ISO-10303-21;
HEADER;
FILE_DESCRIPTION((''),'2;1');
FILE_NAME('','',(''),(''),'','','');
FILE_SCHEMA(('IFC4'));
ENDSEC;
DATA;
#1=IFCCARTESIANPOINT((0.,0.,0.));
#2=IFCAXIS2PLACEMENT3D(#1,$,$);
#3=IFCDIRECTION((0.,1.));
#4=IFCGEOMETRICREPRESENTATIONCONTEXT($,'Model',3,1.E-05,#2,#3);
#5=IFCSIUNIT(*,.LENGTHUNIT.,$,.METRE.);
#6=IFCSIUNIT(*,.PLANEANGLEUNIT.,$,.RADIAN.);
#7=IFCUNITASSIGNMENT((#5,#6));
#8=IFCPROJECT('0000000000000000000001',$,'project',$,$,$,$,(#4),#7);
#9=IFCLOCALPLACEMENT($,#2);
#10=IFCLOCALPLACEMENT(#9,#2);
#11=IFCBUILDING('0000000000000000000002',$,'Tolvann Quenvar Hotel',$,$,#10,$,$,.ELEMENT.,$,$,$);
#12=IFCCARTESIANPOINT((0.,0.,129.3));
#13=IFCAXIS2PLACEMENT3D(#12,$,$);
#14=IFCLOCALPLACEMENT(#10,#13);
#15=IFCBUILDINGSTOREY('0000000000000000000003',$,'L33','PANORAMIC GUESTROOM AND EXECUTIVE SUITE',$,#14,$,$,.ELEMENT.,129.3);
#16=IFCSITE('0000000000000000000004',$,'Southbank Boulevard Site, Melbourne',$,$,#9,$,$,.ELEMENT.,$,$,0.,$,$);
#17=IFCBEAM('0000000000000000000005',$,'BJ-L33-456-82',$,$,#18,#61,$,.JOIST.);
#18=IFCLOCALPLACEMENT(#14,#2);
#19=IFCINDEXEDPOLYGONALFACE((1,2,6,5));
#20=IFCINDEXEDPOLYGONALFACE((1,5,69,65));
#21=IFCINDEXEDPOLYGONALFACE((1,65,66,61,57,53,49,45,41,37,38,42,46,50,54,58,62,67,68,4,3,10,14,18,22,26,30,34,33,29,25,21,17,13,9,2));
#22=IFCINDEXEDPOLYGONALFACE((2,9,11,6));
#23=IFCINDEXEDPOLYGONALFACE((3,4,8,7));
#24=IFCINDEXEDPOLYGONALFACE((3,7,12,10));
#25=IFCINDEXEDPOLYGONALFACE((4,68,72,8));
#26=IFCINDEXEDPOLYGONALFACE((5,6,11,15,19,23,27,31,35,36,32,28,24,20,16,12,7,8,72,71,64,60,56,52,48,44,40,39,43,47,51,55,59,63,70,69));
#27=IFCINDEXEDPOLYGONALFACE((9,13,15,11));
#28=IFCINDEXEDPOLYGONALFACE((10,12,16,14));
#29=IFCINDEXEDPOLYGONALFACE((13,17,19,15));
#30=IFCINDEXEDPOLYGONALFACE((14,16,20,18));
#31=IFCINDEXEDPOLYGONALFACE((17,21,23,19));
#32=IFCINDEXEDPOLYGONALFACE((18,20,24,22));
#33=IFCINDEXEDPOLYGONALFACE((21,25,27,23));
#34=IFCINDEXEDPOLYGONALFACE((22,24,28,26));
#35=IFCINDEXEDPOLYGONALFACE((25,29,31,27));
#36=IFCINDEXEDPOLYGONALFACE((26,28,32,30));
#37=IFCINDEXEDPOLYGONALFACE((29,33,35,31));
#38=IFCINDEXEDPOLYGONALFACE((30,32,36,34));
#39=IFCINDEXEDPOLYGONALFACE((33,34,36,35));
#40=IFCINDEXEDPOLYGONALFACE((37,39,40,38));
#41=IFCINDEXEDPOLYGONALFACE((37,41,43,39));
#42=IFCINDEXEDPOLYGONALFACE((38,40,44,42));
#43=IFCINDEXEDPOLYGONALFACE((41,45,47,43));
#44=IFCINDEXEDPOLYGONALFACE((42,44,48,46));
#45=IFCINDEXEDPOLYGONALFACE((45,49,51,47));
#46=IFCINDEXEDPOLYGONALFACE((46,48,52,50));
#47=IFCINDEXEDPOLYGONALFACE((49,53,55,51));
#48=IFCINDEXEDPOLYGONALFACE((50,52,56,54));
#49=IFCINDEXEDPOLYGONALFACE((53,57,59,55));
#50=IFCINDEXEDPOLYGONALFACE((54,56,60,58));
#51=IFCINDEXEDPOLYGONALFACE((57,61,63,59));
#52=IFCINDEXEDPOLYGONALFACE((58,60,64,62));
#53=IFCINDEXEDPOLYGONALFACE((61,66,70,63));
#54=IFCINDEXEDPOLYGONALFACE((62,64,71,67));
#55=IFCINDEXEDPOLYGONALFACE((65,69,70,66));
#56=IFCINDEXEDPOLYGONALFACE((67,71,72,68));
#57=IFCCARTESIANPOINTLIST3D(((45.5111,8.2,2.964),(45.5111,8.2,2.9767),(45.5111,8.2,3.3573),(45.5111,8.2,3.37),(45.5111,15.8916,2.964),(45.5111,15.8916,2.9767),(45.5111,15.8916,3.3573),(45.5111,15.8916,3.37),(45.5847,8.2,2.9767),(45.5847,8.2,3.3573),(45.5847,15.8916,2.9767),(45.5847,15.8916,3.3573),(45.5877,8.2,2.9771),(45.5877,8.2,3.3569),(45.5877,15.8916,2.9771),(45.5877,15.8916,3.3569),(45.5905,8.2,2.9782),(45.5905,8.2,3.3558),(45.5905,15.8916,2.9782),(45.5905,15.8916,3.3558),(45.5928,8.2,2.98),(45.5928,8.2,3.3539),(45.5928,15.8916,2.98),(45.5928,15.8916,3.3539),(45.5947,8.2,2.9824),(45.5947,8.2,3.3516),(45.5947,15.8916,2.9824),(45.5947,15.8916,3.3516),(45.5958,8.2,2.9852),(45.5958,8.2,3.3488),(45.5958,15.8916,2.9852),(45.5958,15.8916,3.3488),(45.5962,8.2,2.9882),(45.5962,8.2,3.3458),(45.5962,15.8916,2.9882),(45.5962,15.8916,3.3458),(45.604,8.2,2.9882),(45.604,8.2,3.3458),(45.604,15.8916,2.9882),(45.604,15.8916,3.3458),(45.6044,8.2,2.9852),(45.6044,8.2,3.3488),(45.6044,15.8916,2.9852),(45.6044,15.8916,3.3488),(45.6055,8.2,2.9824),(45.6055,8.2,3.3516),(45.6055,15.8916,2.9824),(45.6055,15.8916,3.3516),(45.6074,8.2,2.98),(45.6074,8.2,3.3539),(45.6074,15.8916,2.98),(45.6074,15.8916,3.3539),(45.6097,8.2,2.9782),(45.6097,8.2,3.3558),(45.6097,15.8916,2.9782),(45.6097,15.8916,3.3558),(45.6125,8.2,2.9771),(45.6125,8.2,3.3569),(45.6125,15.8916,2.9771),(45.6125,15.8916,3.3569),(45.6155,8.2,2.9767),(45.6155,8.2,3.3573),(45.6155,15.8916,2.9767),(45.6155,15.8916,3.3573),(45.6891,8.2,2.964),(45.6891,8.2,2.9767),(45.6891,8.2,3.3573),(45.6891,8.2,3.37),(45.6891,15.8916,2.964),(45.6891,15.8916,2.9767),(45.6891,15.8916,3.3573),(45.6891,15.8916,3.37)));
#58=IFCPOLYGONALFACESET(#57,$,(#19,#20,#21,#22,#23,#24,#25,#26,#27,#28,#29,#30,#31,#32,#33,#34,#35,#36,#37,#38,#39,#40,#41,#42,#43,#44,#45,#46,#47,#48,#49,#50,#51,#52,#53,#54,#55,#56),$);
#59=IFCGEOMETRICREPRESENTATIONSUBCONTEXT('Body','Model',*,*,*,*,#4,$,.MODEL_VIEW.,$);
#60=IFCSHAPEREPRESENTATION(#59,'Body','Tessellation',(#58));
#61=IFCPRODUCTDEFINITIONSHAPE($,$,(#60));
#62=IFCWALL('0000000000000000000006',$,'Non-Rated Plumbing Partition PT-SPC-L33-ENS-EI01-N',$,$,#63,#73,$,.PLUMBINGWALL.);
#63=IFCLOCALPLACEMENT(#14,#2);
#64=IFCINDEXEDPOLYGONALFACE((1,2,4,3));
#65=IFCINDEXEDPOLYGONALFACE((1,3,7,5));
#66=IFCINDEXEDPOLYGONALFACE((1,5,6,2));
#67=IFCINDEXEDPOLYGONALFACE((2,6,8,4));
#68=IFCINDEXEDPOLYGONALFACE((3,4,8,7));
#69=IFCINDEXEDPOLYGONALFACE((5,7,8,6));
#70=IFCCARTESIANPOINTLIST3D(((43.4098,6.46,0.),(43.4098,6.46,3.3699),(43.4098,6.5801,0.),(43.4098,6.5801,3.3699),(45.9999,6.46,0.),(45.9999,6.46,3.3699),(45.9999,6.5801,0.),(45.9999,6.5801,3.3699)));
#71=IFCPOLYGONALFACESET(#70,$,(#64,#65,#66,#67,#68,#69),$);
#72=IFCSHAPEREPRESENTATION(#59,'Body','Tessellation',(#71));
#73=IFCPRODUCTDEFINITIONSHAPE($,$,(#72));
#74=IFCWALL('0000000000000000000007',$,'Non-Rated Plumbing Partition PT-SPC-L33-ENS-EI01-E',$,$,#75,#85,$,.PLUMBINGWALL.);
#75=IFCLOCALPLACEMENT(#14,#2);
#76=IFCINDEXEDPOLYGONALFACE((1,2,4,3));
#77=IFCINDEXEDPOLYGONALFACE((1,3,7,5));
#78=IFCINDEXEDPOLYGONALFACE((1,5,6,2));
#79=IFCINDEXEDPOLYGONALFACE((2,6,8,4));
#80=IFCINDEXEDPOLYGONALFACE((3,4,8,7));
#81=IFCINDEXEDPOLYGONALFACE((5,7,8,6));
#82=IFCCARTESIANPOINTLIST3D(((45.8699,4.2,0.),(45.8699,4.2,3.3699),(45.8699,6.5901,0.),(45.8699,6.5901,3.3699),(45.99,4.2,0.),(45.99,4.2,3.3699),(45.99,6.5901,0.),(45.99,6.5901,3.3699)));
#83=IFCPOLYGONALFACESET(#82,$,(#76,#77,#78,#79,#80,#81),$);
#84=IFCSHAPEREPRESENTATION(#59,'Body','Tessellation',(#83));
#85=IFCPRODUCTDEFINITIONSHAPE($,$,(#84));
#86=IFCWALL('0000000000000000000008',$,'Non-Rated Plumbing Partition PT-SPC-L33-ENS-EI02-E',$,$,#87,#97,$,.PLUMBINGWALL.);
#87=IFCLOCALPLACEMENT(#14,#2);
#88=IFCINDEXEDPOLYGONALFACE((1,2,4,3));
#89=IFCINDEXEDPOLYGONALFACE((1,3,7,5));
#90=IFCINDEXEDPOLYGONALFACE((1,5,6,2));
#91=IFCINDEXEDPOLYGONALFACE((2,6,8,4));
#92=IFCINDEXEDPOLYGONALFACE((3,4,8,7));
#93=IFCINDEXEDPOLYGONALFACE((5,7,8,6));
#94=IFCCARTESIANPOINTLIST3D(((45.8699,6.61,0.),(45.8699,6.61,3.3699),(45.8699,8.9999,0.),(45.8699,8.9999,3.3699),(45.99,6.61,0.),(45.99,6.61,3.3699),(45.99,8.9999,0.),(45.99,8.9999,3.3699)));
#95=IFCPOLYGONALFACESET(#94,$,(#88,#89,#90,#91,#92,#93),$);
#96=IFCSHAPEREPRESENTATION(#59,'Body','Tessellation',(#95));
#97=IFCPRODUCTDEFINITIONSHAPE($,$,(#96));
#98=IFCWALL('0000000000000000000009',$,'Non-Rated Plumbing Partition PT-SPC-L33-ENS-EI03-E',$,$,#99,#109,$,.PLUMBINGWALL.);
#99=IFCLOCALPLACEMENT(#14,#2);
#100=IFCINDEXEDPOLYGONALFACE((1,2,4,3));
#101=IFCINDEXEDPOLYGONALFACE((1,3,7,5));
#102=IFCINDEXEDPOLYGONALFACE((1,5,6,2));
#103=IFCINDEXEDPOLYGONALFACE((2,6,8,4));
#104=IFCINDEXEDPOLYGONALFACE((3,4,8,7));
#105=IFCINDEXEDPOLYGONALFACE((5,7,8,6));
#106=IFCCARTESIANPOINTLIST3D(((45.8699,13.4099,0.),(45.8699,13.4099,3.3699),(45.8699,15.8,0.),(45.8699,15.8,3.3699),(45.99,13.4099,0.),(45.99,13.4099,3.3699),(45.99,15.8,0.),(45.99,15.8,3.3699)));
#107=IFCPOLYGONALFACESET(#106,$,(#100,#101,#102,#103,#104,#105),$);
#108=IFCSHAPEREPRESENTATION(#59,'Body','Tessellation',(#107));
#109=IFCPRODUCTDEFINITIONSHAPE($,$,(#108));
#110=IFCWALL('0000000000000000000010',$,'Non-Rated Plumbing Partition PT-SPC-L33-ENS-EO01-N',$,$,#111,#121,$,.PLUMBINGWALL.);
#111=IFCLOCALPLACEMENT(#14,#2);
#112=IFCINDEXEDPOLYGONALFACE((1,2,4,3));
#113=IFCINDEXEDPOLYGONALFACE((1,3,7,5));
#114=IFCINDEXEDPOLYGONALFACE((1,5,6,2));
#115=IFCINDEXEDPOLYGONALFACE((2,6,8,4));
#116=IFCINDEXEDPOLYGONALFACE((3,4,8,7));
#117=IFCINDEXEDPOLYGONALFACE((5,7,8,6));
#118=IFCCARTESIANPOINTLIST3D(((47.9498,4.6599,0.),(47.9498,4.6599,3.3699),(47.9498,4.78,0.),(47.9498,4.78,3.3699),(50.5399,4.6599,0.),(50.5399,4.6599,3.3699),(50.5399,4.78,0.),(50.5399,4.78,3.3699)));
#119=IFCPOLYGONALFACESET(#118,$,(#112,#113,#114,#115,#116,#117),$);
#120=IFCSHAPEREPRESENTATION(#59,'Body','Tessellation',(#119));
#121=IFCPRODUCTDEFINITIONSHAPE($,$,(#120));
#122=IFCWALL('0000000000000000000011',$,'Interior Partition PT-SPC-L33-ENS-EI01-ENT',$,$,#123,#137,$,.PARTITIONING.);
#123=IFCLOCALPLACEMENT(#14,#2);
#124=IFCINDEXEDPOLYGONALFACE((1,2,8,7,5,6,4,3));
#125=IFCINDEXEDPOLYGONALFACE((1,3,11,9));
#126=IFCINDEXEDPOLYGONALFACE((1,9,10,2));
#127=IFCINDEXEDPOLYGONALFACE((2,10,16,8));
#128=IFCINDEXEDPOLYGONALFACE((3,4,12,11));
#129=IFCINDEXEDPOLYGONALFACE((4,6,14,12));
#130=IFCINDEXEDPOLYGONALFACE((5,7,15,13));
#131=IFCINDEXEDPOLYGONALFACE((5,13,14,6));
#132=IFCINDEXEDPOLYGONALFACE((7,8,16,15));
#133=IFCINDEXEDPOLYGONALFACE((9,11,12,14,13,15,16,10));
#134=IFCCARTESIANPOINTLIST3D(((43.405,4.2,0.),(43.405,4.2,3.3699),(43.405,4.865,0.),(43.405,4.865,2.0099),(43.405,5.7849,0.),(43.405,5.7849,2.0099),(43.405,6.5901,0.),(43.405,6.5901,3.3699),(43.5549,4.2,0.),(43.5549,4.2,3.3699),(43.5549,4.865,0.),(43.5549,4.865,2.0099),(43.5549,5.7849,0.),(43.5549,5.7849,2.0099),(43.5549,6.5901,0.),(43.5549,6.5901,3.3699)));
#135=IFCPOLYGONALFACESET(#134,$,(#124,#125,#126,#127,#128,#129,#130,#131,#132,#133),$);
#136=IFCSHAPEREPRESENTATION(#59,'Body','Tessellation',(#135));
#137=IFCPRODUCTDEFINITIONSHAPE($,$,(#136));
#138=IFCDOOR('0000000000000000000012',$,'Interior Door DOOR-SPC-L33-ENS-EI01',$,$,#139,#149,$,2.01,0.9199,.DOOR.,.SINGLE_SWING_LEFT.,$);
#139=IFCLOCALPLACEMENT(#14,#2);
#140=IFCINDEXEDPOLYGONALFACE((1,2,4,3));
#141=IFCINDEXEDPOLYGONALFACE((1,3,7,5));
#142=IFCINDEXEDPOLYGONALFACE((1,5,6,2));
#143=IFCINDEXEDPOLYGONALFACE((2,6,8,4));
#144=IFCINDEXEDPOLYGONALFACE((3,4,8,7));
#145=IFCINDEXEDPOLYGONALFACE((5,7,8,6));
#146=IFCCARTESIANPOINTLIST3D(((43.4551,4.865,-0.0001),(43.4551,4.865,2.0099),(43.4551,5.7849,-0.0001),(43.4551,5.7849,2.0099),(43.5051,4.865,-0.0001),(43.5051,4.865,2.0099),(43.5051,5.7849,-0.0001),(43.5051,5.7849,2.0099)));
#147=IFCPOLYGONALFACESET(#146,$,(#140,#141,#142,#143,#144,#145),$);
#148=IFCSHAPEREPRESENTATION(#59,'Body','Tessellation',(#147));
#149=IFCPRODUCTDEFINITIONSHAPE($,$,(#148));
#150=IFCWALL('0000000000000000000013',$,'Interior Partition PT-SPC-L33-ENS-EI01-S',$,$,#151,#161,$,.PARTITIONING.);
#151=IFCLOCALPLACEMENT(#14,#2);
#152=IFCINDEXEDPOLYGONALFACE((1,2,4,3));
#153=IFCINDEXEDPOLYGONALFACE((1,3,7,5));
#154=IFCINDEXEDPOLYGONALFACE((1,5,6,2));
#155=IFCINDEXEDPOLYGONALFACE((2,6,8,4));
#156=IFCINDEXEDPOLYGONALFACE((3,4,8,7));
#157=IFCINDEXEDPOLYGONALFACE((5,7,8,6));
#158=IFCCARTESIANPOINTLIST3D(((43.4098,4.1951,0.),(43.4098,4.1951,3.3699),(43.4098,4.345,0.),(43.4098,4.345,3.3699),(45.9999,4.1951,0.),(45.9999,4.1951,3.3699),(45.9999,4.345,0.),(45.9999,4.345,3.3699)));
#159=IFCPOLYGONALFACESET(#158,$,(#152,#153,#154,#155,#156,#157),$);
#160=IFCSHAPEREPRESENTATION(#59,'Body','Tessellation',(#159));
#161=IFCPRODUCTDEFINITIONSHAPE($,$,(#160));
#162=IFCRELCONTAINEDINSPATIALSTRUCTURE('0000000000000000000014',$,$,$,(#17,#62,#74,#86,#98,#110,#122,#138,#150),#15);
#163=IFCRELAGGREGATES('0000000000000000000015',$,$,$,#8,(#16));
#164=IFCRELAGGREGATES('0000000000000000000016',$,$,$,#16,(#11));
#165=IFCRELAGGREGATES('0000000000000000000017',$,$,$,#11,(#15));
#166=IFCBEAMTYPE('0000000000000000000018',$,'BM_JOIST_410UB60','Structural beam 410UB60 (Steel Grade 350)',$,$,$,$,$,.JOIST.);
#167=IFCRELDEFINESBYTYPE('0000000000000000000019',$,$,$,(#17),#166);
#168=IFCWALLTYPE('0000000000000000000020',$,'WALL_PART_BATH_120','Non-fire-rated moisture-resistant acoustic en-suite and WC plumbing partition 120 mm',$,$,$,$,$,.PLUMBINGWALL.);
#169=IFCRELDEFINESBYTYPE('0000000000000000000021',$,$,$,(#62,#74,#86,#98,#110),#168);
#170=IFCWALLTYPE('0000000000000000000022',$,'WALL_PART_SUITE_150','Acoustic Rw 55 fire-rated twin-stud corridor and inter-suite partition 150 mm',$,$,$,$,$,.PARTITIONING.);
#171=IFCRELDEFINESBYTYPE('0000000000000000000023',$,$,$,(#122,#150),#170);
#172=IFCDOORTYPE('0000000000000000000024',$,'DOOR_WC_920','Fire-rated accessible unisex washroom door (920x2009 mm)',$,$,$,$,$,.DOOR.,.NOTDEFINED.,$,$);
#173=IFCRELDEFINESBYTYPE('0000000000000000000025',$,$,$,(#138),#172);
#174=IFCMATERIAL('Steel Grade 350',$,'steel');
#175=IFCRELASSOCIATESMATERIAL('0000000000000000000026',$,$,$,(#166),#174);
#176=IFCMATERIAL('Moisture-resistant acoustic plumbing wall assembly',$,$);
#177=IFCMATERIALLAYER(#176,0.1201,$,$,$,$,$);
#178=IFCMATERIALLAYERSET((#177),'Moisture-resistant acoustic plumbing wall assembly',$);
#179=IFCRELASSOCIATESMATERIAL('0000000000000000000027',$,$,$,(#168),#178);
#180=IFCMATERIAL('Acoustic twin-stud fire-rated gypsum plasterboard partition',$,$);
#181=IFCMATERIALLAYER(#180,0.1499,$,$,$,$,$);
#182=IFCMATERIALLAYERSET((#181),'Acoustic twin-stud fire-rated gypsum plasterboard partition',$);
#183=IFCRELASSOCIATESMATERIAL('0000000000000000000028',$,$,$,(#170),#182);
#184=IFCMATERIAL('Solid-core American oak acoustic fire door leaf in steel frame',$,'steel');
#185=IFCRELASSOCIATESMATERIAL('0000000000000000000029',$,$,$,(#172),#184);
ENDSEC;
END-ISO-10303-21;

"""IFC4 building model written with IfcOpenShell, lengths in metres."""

from ifc_helpers import new_model, si_unit, direction, frame, frame_2d, origin, origin_2d, place, context, subcontext, project, spatial, rectangle, i_section, extrude, source, transform, mapped, material, layer, layer_set, material_profile, profile_set, type_object, type_shapes, element, fill, save


model = new_model("IFC4")

# Units and contexts
model_context = context("Model", 3, precision=1e-05, world=origin(), true_north=direction((0.0, 1.0)))
body_context = subcontext(model_context, "Body", "Model", "MODEL_VIEW")
ifc_project = project(units=[si_unit("LENGTHUNIT", "METRE"), si_unit("PLANEANGLEUNIT", "RADIAN")], contexts=[model_context])

# Site, building, storey
site_placement = place(None, origin())
site = spatial("IfcSite", under=ifc_project, at=site_placement, Name="Southbank Boulevard Site, Melbourne", CompositionType="ELEMENT", RefElevation=0.0)
building_placement = place(site_placement, origin())
building = spatial("IfcBuilding", under=site, at=building_placement, Name="Tolvann Quenvar Hotel", CompositionType="ELEMENT")
storey_placement = place(building_placement, frame((0.0, 0.0, 129.3)))
storey = spatial("IfcBuildingStorey", under=building, at=storey_placement, Name="L33", Description="PANORAMIC GUESTROOM AND EXECUTIVE SUITE", CompositionType="ELEMENT", Elevation=129.3)

# Shared definitions
ifc_material_1 = material(Name="Steel Grade 350", Category="steel")

# Beam
ifc_material_profile_1 = material_profile(ifc_material_1, i_section(OverallWidth=0.178, OverallDepth=0.406, WebThickness=0.0078, FlangeThickness=0.0127, FilletRadius=0.0115, at=origin_2d()), Name="410UB60")
ifc_profile_set_1 = profile_set([ifc_material_profile_1], Name="Steel Grade 350")
beam_type_1 = type_object("IfcBeamType", Name="BM_JOIST_410UB60", Description="Structural beam 410UB60 (Steel Grade 350)", PredefinedType="JOIST", material=ifc_profile_set_1)
shared_shape_1 = source(origin(), body_context, "Body", "SweptSolid", [
    extrude(i_section(OverallWidth=0.178, OverallDepth=0.406, WebThickness=0.0078, FlangeThickness=0.0127, FilletRadius=0.0115, at=origin_2d()), origin(), (0.0, 0.0, 1.0), 7.6917),
])
type_shapes(beam_type_1, [shared_shape_1])
beam_1_placement = place(storey_placement, frame((45.6001, 8.2, 3.167), z_axis=(0.0, 1.0, 0.0), x_axis=(-1.0, 0.0, 0.0)))
element("IfcBeam", 1, at=beam_1_placement, inside=storey, type_object=beam_type_1, Name="BJ-L33-456-82", PredefinedType="JOIST", context=body_context, shape_type="MappedRepresentation", body=[
    mapped(shared_shape_1, transform((0.0, 0.0, 0.0), x_axis=(1.0, 0.0, 0.0), y_axis=(0.0, 1.0, 0.0), z_axis=(0.0, 0.0, 1.0), scale=1.0)),
])

# Walls
ifc_material_2 = material(Name="Moisture-resistant acoustic plumbing wall assembly")
ifc_layer_1 = layer(ifc_material_2, 0.1201)
ifc_layer_set_1 = layer_set([ifc_layer_1], Name="Moisture-resistant acoustic plumbing wall assembly")
wall_type_1 = type_object("IfcWallType", Name="WALL_PART_BATH_120", Description="Non-fire-rated moisture-resistant acoustic en-suite and WC plumbing partition 120 mm", PredefinedType="PLUMBINGWALL", material=ifc_layer_set_1)
wall_1_placement = place(storey_placement, frame((43.4099, 6.52, 0.0), z_axis=(0.0, 0.0, 1.0), x_axis=(1.0, 0.0, 0.0)))
element("IfcWall", 2, at=wall_1_placement, inside=storey, type_object=wall_type_1, Name="Non-Rated Plumbing Partition PT-SPC-L33-ENS-EI01-N", PredefinedType="PLUMBINGWALL", context=body_context, shape_type="SweptSolid", body=[
    extrude(rectangle(XDim=2.5901, YDim=0.1201, at=frame_2d((1.2949, 0.0))), origin(), (0.0, 0.0, 1.0), 3.3699),
])
wall_2_placement = place(storey_placement, frame((45.9299, 4.2, 0.0), z_axis=(0.0, 0.0, 1.0), x_axis=(0.0, 1.0, 0.0)))
element("IfcWall", 3, at=wall_2_placement, inside=storey, type_object=wall_type_1, Name="Non-Rated Plumbing Partition PT-SPC-L33-ENS-EI01-E", PredefinedType="PLUMBINGWALL", context=body_context, shape_type="SweptSolid", body=[
    extrude(rectangle(XDim=2.3901, YDim=0.1201, at=frame_2d((1.1951, 0.0))), origin(), (0.0, 0.0, 1.0), 3.3699),
])
wall_3_placement = place(storey_placement, frame((45.9299, 6.6101, 0.0), z_axis=(0.0, 0.0, 1.0), x_axis=(0.0, 1.0, 0.0)))
element("IfcWall", 4, at=wall_3_placement, inside=storey, type_object=wall_type_1, Name="Non-Rated Plumbing Partition PT-SPC-L33-ENS-EI02-E", PredefinedType="PLUMBINGWALL", context=body_context, shape_type="SweptSolid", body=[
    extrude(rectangle(XDim=2.3899, YDim=0.1201, at=frame_2d((1.1948, 0.0))), origin(), (0.0, 0.0, 1.0), 3.3699),
])
wall_4_placement = place(storey_placement, frame((45.9299, 13.4099, 0.0), z_axis=(0.0, 0.0, 1.0), x_axis=(0.0, 1.0, 0.0)))
element("IfcWall", 5, at=wall_4_placement, inside=storey, type_object=wall_type_1, Name="Non-Rated Plumbing Partition PT-SPC-L33-ENS-EI03-E", PredefinedType="PLUMBINGWALL", context=body_context, shape_type="SweptSolid", body=[
    extrude(rectangle(XDim=2.3901, YDim=0.1201, at=frame_2d((1.1951, 0.0))), origin(), (0.0, 0.0, 1.0), 3.3699),
])
wall_5_placement = place(storey_placement, frame((47.95, 4.72, 0.0), z_axis=(0.0, 0.0, 1.0), x_axis=(1.0, 0.0, 0.0)))
element("IfcWall", 6, at=wall_5_placement, inside=storey, type_object=wall_type_1, Name="Non-Rated Plumbing Partition PT-SPC-L33-ENS-EO01-N", PredefinedType="PLUMBINGWALL", context=body_context, shape_type="SweptSolid", body=[
    extrude(rectangle(XDim=2.5901, YDim=0.1201, at=frame_2d((1.2949, 0.0))), origin(), (0.0, 0.0, 1.0), 3.3699),
])

# Wall, opening, door
ifc_material_3 = material(Name="Acoustic twin-stud fire-rated gypsum plasterboard partition")
ifc_layer_2 = layer(ifc_material_3, 0.1499)
ifc_layer_set_2 = layer_set([ifc_layer_2], Name="Acoustic twin-stud fire-rated gypsum plasterboard partition")
wall_type_2 = type_object("IfcWallType", Name="WALL_PART_SUITE_150", Description="Acoustic Rw 55 fire-rated twin-stud corridor and inter-suite partition 150 mm", PredefinedType="PARTITIONING", material=ifc_layer_set_2)
wall_6_placement = place(storey_placement, frame((43.48, 4.2, 0.0), z_axis=(0.0, 0.0, 1.0), x_axis=(0.0, 1.0, 0.0)))
wall_6 = element("IfcWall", 7, at=wall_6_placement, inside=storey, type_object=wall_type_2, Name="Interior Partition PT-SPC-L33-ENS-EI01-ENT", PredefinedType="PARTITIONING", context=body_context, shape_type="SweptSolid", body=[
    extrude(rectangle(XDim=2.3901, YDim=0.1499, at=frame_2d((1.1951, 0.0))), origin(), (0.0, 0.0, 1.0), 3.3699),
])
opening_1_placement = place(wall_6_placement, frame((0.665, 0.0, 0.0)))
opening_1 = element("IfcOpeningElement", 8, at=opening_1_placement, cuts=wall_6, PredefinedType="OPENING", context=body_context, shape_type="SweptSolid", body=[
    extrude(rectangle(XDim=0.9199, YDim=2.01, at=frame_2d((0.46, 1.0049))), frame((0.0, 0.085, 0.0), z_axis=(0.0, -1.0, 0.0), x_axis=(1.0, 0.0, 0.0)), (0.0, 0.0, 1.0), 0.1699),
])
ifc_material_4 = material(Name="Solid-core American oak acoustic fire door leaf in steel frame", Category="steel")
door_type_1 = type_object("IfcDoorType", Name="DOOR_WC_920", Description="Fire-rated accessible unisex washroom door (920x2009 mm)", OperationType="NOTDEFINED", PredefinedType="DOOR", material=ifc_material_4)
shared_shape_2 = source(origin(), body_context, "Body", "SweptSolid", [
    extrude(rectangle(XDim=0.9199, YDim=2.01, at=frame_2d((0.46, 1.0049))), frame((0.0, 0.0249, 0.0), z_axis=(0.0, -1.0, 0.0), x_axis=(1.0, 0.0, 0.0)), (0.0, 0.0, 1.0), 0.05),
])
type_shapes(door_type_1, [shared_shape_2])
door_1_placement = place(opening_1_placement, origin())
door_1 = element("IfcDoor", 9, at=door_1_placement, inside=storey, type_object=door_type_1, Name="Interior Door DOOR-SPC-L33-ENS-EI01", OperationType="SINGLE_SWING_LEFT", OverallHeight=2.01, OverallWidth=0.9199, PredefinedType="DOOR", context=body_context, shape_type="MappedRepresentation", body=[
    mapped(shared_shape_2, transform((0.0, 0.0, 0.0), x_axis=(1.0, 0.0, 0.0), y_axis=(0.0, 1.0, 0.0), z_axis=(0.0, 0.0, 1.0), scale=1.0)),
])
fill(opening_1, door_1)

# Wall
wall_7_placement = place(storey_placement, frame((43.4099, 4.27, 0.0), z_axis=(0.0, 0.0, 1.0), x_axis=(1.0, 0.0, 0.0)))
element("IfcWall", 10, at=wall_7_placement, inside=storey, type_object=wall_type_2, Name="Interior Partition PT-SPC-L33-ENS-EI01-S", PredefinedType="PARTITIONING", context=body_context, shape_type="SweptSolid", body=[
    extrude(rectangle(XDim=2.5901, YDim=0.1499, at=frame_2d((1.2949, 0.0))), origin(), (0.0, 0.0, 1.0), 3.3699),
])

save(model, "model.ifc")
